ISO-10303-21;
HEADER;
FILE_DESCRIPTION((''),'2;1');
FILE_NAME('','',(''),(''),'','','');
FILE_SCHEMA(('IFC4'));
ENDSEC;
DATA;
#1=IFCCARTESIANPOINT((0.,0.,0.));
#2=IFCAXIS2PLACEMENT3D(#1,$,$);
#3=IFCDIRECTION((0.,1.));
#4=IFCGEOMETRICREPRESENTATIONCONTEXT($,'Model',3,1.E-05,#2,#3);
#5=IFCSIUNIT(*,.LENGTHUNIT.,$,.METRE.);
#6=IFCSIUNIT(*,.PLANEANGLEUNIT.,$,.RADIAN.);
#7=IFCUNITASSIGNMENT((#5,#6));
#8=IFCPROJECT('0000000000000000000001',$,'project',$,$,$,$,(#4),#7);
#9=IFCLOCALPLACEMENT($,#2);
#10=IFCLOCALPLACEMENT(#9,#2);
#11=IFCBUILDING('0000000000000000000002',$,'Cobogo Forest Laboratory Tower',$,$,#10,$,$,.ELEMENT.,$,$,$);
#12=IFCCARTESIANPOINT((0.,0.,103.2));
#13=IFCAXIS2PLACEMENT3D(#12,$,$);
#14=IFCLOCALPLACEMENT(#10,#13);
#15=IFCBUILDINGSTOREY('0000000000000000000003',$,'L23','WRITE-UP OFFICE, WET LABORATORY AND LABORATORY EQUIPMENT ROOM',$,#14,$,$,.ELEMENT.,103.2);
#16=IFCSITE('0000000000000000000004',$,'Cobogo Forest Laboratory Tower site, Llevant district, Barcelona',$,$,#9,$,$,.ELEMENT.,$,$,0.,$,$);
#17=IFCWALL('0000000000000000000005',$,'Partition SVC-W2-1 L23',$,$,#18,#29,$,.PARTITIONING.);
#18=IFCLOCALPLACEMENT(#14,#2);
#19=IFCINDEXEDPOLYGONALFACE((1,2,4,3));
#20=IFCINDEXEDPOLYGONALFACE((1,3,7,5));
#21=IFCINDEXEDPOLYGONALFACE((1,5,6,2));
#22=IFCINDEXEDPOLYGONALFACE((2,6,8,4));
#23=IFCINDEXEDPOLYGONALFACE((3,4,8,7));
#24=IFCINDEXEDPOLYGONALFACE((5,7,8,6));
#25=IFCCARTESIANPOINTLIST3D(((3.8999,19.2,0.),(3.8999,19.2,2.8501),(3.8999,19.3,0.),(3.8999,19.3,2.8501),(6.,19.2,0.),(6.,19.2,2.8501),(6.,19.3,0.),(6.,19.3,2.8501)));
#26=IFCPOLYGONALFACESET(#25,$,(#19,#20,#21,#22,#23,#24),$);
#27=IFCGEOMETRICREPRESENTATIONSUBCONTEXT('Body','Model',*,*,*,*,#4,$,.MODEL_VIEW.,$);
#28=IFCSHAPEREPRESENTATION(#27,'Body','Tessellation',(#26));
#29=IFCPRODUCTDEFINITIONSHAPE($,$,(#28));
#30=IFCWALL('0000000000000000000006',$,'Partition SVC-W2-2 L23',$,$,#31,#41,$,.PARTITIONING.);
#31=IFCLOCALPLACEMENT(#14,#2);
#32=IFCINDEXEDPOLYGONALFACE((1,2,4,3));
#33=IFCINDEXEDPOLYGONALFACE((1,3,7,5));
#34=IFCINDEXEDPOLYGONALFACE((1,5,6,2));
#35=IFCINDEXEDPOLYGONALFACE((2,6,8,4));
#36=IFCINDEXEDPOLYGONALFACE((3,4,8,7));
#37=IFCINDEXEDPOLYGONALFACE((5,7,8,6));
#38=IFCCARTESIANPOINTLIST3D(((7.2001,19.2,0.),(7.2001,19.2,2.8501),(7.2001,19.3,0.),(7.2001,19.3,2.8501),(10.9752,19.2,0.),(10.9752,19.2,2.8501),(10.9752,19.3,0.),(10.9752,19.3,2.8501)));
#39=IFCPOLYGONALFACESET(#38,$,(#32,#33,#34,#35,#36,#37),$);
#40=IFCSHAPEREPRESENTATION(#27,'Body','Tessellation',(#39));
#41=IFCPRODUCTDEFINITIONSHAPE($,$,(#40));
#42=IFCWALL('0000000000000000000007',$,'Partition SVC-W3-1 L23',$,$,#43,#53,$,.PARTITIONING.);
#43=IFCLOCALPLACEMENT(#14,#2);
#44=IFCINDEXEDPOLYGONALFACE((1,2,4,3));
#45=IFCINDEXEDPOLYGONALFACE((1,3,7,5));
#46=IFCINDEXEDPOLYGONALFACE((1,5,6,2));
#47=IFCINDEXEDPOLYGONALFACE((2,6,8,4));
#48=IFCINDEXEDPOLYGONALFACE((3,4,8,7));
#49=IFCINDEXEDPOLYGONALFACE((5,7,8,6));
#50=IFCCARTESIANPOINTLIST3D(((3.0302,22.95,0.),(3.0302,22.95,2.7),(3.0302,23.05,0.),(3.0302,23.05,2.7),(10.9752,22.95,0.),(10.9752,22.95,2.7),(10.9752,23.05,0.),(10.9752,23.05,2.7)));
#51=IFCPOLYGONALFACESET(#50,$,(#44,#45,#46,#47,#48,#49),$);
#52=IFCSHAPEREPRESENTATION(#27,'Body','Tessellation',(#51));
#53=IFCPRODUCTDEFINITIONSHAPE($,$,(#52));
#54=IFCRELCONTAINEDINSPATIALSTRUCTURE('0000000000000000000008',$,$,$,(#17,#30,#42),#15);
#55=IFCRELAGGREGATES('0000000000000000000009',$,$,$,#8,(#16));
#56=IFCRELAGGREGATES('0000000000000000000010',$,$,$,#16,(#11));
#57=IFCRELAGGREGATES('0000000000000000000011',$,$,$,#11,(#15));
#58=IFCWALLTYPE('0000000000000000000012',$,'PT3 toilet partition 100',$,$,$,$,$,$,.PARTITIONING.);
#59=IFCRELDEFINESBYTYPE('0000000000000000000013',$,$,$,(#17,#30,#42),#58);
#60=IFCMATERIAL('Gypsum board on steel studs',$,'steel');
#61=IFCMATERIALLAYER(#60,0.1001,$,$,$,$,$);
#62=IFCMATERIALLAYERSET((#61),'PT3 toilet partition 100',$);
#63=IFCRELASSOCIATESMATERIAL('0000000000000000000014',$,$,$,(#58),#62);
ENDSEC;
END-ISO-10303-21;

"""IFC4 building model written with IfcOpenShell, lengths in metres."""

from ifc_helpers import new_model, si_unit, direction, frame, frame_2d, origin, place, context, subcontext, project, spatial, rectangle, extrude, material, layer, layer_set, type_object, element, save


model = new_model("IFC4")

# Units and contexts
model_context = context("Model", 3, precision=1e-05, world=origin(), true_north=direction((0.0, 1.0)))
body_context = subcontext(model_context, "Body", "Model", "MODEL_VIEW")
ifc_project = project(units=[si_unit("LENGTHUNIT", "METRE"), si_unit("PLANEANGLEUNIT", "RADIAN")], contexts=[model_context])

# Site, building, storey
site_placement = place(None, origin())
site = spatial("IfcSite", under=ifc_project, at=site_placement, Name="Cobogo Forest Laboratory Tower site, Llevant district, Barcelona", CompositionType="ELEMENT", RefElevation=0.0)
building_placement = place(site_placement, origin())
building = spatial("IfcBuilding", under=site, at=building_placement, Name="Cobogo Forest Laboratory Tower", CompositionType="ELEMENT")
storey_placement = place(building_placement, frame((0.0, 0.0, 103.2)))
storey = spatial("IfcBuildingStorey", under=building, at=storey_placement, Name="L23", Description="WRITE-UP OFFICE, WET LABORATORY AND LABORATORY EQUIPMENT ROOM", CompositionType="ELEMENT", Elevation=103.2)

# Walls
ifc_material_1 = material(Name="Gypsum board on steel studs", Category="steel")
ifc_layer_1 = layer(ifc_material_1, 0.1001)
ifc_layer_set_1 = layer_set([ifc_layer_1], Name="PT3 toilet partition 100")
wall_type_1 = type_object("IfcWallType", Name="PT3 toilet partition 100", PredefinedType="PARTITIONING", material=ifc_layer_set_1)
wall_1_placement = place(storey_placement, frame((3.8999, 19.25, 0.0), z_axis=(0.0, 0.0, 1.0), x_axis=(1.0, 0.0, 0.0)))
element("IfcWall", 1, at=wall_1_placement, inside=storey, type_object=wall_type_1, Name="Partition SVC-W2-1 L23", PredefinedType="PARTITIONING", context=body_context, shape_type="SweptSolid", body=[
    extrude(rectangle(XDim=2.1001, YDim=0.1001, at=frame_2d((1.05, 0.0))), origin(), (0.0, 0.0, 1.0), 2.8501),
])
wall_2_placement = place(storey_placement, frame((7.2, 19.25, 0.0), z_axis=(0.0, 0.0, 1.0), x_axis=(1.0, 0.0, 0.0)))
element("IfcWall", 2, at=wall_2_placement, inside=storey, type_object=wall_type_1, Name="Partition SVC-W2-2 L23", PredefinedType="PARTITIONING", context=body_context, shape_type="SweptSolid", body=[
    extrude(rectangle(XDim=3.7751, YDim=0.1001, at=frame_2d((1.8877, 0.0))), origin(), (0.0, 0.0, 1.0), 2.8501),
])
wall_3_placement = place(storey_placement, frame((3.03, 23.0, 0.0), z_axis=(0.0, 0.0, 1.0), x_axis=(1.0, 0.0, 0.0)))
element("IfcWall", 3, at=wall_3_placement, inside=storey, type_object=wall_type_1, Name="Partition SVC-W3-1 L23", PredefinedType="PARTITIONING", context=body_context, shape_type="SweptSolid", body=[
    extrude(rectangle(XDim=7.9451, YDim=0.1001, at=frame_2d((3.9727, 0.0))), origin(), (0.0, 0.0, 1.0), 2.7),
])

save(model, "model.ifc")
